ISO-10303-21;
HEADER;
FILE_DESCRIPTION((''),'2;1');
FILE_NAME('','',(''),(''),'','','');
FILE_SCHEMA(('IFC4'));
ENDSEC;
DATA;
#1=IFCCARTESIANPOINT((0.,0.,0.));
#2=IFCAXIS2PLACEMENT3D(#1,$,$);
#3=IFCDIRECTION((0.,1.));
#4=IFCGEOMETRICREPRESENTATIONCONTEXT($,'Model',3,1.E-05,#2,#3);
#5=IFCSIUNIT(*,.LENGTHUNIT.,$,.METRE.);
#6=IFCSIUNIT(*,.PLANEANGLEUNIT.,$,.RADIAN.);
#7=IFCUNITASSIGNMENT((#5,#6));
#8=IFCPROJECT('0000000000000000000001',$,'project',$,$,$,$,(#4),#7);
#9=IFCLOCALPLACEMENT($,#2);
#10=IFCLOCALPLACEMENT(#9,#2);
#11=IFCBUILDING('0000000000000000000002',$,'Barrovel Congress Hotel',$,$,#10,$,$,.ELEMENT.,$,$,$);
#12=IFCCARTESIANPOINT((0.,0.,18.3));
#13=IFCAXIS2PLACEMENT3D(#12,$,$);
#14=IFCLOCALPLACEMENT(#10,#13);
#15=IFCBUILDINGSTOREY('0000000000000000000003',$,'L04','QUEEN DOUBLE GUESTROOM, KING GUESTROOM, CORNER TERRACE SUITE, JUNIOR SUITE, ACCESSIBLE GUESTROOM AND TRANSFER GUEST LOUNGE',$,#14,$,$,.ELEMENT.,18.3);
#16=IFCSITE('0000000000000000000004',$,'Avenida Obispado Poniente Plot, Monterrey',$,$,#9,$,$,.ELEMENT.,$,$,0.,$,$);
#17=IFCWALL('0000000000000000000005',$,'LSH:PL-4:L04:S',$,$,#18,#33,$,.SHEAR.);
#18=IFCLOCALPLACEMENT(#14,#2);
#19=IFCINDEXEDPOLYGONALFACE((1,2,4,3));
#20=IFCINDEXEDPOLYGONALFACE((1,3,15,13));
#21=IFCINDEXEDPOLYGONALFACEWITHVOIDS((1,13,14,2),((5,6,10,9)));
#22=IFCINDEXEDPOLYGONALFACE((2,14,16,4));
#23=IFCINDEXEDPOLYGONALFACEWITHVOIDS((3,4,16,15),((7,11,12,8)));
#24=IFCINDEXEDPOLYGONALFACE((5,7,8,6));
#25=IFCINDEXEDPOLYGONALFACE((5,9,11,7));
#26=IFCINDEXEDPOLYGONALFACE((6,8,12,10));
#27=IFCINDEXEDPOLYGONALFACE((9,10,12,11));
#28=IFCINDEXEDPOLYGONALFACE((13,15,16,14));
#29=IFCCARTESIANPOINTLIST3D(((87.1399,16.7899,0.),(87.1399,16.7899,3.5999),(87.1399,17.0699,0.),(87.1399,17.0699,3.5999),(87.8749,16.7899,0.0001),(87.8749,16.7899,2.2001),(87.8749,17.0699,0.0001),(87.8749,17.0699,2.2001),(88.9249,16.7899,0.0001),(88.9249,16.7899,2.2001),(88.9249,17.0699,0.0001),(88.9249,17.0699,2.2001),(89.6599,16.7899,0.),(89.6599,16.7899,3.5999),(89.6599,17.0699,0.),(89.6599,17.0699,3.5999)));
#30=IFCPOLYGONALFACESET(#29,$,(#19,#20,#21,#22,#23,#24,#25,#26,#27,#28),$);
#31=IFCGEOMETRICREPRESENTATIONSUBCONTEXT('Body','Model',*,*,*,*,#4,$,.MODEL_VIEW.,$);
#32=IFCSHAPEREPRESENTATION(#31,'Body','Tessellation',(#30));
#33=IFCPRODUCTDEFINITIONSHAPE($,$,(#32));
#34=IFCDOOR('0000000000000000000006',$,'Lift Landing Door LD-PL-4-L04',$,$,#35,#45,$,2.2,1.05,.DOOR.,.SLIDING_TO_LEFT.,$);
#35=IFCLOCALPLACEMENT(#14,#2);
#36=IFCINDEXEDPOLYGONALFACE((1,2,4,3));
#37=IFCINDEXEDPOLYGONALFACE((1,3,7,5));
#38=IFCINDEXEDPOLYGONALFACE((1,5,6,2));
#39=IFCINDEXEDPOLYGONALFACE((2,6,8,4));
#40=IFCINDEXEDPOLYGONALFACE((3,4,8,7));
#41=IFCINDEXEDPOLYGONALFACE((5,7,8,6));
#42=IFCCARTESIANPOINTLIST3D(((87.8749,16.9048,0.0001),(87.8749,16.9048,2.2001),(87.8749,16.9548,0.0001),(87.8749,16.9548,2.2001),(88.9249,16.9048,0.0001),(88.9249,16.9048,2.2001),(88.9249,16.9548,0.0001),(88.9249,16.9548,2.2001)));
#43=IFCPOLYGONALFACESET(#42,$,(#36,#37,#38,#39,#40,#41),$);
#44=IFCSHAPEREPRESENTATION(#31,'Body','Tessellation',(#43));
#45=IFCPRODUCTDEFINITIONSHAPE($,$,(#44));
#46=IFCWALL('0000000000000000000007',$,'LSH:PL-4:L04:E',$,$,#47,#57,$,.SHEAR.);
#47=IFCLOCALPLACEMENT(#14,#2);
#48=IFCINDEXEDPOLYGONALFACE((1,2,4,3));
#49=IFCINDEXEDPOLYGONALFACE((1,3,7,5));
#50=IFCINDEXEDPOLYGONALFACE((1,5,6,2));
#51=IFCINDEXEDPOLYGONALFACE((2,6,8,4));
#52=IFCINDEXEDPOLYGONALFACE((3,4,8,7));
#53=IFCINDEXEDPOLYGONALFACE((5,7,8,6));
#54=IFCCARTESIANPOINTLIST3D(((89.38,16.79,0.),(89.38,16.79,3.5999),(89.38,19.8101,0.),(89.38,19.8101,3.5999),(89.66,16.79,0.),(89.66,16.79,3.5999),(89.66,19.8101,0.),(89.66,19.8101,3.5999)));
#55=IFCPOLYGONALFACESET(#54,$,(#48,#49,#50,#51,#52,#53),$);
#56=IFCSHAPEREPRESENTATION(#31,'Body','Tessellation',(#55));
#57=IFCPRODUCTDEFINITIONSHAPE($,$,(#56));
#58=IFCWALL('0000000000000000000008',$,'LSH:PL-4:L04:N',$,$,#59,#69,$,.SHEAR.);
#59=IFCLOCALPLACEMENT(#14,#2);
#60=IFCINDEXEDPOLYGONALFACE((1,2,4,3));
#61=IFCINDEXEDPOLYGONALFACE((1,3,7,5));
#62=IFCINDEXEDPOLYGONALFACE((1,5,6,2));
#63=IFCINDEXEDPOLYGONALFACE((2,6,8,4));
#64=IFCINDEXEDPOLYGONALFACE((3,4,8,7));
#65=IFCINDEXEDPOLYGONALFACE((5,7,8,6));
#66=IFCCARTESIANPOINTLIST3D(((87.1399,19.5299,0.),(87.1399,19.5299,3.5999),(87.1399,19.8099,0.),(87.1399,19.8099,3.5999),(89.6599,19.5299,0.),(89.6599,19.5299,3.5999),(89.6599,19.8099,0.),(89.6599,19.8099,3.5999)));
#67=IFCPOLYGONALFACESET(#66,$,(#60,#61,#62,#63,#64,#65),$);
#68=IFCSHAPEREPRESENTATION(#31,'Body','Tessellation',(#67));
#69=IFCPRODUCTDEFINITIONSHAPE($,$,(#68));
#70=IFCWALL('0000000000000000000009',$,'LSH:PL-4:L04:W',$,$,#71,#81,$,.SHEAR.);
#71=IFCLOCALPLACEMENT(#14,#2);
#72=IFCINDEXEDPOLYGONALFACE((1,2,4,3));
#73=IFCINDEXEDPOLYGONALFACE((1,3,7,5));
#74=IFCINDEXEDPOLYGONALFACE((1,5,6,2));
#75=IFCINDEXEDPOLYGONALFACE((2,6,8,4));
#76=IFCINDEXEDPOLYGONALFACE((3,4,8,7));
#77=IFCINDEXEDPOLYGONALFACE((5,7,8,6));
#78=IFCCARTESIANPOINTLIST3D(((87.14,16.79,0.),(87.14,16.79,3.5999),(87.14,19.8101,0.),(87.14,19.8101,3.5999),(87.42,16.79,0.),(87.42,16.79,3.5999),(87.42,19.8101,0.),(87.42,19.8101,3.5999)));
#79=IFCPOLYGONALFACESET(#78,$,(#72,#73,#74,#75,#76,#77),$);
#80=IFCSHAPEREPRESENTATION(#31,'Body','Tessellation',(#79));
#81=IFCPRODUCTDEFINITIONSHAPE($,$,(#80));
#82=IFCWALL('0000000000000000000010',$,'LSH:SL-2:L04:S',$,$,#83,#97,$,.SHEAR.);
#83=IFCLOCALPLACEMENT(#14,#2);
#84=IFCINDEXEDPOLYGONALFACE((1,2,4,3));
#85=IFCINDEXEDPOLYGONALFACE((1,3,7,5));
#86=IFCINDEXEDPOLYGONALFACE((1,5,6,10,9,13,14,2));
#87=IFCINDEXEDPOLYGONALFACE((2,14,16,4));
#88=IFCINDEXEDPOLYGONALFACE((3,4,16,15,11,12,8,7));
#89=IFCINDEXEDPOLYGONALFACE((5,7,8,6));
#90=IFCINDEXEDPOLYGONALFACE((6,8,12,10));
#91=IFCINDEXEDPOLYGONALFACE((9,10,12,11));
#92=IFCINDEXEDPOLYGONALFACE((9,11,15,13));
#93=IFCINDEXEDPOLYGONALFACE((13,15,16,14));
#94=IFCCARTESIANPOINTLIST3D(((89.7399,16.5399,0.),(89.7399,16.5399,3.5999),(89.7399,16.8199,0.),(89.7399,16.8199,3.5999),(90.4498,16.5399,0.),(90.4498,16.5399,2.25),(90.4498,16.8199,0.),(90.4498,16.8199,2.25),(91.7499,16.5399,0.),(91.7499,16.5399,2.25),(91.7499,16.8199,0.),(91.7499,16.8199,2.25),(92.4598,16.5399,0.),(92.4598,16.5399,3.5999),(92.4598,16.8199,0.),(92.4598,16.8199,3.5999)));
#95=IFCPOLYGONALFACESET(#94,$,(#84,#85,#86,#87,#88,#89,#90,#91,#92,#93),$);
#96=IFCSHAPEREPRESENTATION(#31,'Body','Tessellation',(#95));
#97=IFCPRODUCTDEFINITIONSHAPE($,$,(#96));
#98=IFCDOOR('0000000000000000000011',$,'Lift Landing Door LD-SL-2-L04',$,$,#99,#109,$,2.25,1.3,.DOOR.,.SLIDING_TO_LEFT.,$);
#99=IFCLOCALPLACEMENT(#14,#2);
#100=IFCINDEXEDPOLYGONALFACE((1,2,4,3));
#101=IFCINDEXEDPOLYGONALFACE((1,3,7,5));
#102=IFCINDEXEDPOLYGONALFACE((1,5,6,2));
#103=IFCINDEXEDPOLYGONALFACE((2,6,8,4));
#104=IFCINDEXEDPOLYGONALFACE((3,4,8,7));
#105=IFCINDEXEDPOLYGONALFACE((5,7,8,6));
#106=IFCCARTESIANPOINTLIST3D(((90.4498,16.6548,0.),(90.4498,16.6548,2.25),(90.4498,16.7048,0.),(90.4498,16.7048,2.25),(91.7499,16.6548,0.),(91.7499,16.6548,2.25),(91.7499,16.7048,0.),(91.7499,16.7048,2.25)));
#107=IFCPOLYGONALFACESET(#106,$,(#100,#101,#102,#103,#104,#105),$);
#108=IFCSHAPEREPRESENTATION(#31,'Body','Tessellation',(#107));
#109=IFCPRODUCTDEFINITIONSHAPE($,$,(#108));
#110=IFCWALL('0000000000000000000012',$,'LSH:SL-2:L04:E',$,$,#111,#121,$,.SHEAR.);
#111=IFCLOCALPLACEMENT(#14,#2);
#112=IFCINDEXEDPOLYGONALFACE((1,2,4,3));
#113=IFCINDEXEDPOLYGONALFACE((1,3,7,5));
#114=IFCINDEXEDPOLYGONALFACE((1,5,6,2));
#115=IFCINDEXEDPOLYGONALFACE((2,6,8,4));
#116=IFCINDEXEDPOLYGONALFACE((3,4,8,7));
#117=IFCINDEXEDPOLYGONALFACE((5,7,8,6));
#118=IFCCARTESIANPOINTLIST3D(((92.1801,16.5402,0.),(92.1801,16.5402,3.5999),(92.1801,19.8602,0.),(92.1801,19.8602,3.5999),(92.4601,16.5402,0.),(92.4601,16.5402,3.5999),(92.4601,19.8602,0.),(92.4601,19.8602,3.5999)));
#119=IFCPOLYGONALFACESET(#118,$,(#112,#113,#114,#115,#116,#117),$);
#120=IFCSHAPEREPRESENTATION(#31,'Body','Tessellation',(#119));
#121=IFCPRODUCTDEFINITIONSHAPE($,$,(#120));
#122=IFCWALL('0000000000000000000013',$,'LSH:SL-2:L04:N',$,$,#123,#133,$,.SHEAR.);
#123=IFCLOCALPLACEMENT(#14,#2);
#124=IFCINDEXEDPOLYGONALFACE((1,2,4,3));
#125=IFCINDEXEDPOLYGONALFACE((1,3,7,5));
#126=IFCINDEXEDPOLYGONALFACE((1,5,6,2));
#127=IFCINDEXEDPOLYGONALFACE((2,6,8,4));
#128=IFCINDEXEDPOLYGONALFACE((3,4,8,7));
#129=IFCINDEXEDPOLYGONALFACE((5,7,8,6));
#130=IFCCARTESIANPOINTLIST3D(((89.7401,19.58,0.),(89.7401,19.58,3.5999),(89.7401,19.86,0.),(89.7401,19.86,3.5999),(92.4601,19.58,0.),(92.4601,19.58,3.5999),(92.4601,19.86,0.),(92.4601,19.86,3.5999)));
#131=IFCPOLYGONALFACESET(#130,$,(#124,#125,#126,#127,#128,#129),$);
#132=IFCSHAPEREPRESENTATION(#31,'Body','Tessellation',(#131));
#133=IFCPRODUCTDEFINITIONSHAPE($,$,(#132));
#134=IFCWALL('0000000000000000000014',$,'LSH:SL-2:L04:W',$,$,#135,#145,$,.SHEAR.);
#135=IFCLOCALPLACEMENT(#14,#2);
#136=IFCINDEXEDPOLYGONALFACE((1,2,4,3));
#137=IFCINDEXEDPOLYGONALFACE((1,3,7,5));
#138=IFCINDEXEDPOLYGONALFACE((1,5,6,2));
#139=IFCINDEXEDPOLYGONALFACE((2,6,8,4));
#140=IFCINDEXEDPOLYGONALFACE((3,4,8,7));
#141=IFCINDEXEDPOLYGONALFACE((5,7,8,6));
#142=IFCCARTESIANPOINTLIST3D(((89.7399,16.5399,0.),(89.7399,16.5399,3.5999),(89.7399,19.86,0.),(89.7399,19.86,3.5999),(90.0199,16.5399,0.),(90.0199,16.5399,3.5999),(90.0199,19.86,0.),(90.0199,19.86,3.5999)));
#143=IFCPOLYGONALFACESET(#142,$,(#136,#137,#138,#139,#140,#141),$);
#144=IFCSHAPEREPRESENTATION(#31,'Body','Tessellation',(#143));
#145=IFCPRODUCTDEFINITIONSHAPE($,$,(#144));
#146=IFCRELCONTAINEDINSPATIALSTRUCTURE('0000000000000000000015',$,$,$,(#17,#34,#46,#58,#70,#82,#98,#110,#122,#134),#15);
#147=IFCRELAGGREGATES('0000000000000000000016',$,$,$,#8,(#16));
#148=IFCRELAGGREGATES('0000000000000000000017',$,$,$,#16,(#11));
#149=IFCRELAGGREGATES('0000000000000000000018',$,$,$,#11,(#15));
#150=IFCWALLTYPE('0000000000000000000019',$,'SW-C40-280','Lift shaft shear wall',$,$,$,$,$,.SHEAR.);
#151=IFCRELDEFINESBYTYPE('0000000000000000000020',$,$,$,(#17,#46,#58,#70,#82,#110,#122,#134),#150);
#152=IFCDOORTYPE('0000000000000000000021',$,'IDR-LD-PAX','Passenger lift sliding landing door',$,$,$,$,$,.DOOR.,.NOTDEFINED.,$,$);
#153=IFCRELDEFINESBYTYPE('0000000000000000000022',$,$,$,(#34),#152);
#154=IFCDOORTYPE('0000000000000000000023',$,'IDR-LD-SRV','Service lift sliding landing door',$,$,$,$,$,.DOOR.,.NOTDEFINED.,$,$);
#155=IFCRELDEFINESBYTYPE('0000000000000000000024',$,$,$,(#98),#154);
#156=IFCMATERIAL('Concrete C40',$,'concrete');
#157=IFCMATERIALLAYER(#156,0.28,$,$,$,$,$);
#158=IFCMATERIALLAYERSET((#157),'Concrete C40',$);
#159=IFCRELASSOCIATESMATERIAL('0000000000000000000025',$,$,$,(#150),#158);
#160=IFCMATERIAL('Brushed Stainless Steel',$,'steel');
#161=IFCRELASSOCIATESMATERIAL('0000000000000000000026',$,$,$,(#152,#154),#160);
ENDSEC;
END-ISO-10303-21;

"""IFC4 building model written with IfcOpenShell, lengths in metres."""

from ifc_helpers import new_model, si_unit, direction, frame, frame_2d, origin, place, context, subcontext, project, spatial, rectangle, extrude, material, layer, layer_set, type_object, element, fill, save


model = new_model("IFC4")

# Units and contexts
model_context = context("Model", 3, precision=1e-05, world=origin(), true_north=direction((0.0, 1.0)))
body_context = subcontext(model_context, "Body", "Model", "MODEL_VIEW")
ifc_project = project(units=[si_unit("LENGTHUNIT", "METRE"), si_unit("PLANEANGLEUNIT", "RADIAN")], contexts=[model_context])

# Site, building, storey
site_placement = place(None, origin())
site = spatial("IfcSite", under=ifc_project, at=site_placement, Name="Avenida Obispado Poniente Plot, Monterrey", CompositionType="ELEMENT", RefElevation=0.0)
building_placement = place(site_placement, origin())
building = spatial("IfcBuilding", under=site, at=building_placement, Name="Barrovel Congress Hotel", CompositionType="ELEMENT")
storey_placement = place(building_placement, frame((0.0, 0.0, 18.3)))
storey = spatial("IfcBuildingStorey", under=building, at=storey_placement, Name="L04", Description="QUEEN DOUBLE GUESTROOM, KING GUESTROOM, CORNER TERRACE SUITE, JUNIOR SUITE, ACCESSIBLE GUESTROOM AND TRANSFER GUEST LOUNGE", CompositionType="ELEMENT", Elevation=18.3)

# Shared definitions
ifc_material_1 = material(Name="Concrete C40", Category="concrete")

# Shared definitions
ifc_layer_1 = layer(ifc_material_1, 0.28)
ifc_layer_set_1 = layer_set([ifc_layer_1], Name="Concrete C40")
wall_type_1 = type_object("IfcWallType", Name="SW-C40-280", Description="Lift shaft shear wall", PredefinedType="SHEAR", material=ifc_layer_set_1)

# Wall, opening, door
wall_1_placement = place(storey_placement, frame((87.1399, 16.9299, 0.0), z_axis=(0.0, 0.0, 1.0), x_axis=(1.0, 0.0, 0.0)))
wall_1 = element("IfcWall", 1, at=wall_1_placement, inside=storey, type_object=wall_type_1, Name="LSH:PL-4:L04:S", PredefinedType="SHEAR", context=body_context, shape_type="SweptSolid", body=[
    extrude(rectangle(XDim=2.52, YDim=0.28, at=frame_2d((1.26, 0.0))), origin(), (0.0, 0.0, 1.0), 3.5999),
])
opening_1_placement = place(wall_1_placement, frame((0.7351, 0.0, 0.0)))
opening_1 = element("IfcOpeningElement", 2, at=opening_1_placement, cuts=wall_1, PredefinedType="OPENING", context=body_context, shape_type="SweptSolid", body=[
    extrude(rectangle(XDim=1.05, YDim=2.2, at=frame_2d((0.5249, 1.1001))), frame((0.0, 0.1499, 0.0), z_axis=(0.0, -1.0, 0.0), x_axis=(1.0, 0.0, 0.0)), (0.0, 0.0, 1.0), 0.3),
])
ifc_material_2 = material(Name="Brushed Stainless Steel", Category="steel")
door_type_1 = type_object("IfcDoorType", Name="IDR-LD-PAX", Description="Passenger lift sliding landing door", OperationType="NOTDEFINED", PredefinedType="DOOR", material=ifc_material_2)
door_1_placement = place(opening_1_placement, origin())
door_1 = element("IfcDoor", 3, at=door_1_placement, inside=storey, type_object=door_type_1, Name="Lift Landing Door LD-PL-4-L04", OperationType="SLIDING_TO_LEFT", OverallHeight=2.2, OverallWidth=1.05, PredefinedType="DOOR", context=body_context, shape_type="SweptSolid", body=[
    extrude(rectangle(XDim=1.05, YDim=2.2, at=frame_2d((0.5249, 1.1001))), frame((0.0, 0.0249, 0.0), z_axis=(0.0, -1.0, 0.0), x_axis=(1.0, 0.0, 0.0)), (0.0, 0.0, 1.0), 0.05),
])
fill(opening_1, door_1)

# Walls
wall_2_placement = place(storey_placement, frame((89.52, 16.79, 0.0), z_axis=(0.0, 0.0, 1.0), x_axis=(0.0, 1.0, 0.0)))
element("IfcWall", 4, at=wall_2_placement, inside=storey, type_object=wall_type_1, Name="LSH:PL-4:L04:E", PredefinedType="SHEAR", context=body_context, shape_type="SweptSolid", body=[
    extrude(rectangle(XDim=3.02, YDim=0.28, at=frame_2d((1.51, 0.0))), origin(), (0.0, 0.0, 1.0), 3.5999),
])
wall_3_placement = place(storey_placement, frame((89.6599, 19.6699, 0.0), z_axis=(0.0, 0.0, 1.0), x_axis=(-1.0, 0.0, 0.0)))
element("IfcWall", 5, at=wall_3_placement, inside=storey, type_object=wall_type_1, Name="LSH:PL-4:L04:N", PredefinedType="SHEAR", context=body_context, shape_type="SweptSolid", body=[
    extrude(rectangle(XDim=2.52, YDim=0.28, at=frame_2d((1.26, 0.0))), origin(), (0.0, 0.0, 1.0), 3.5999),
])
wall_4_placement = place(storey_placement, frame((87.28, 19.8101, 0.0), z_axis=(0.0, 0.0, 1.0), x_axis=(0.0, -1.0, 0.0)))
element("IfcWall", 6, at=wall_4_placement, inside=storey, type_object=wall_type_1, Name="LSH:PL-4:L04:W", PredefinedType="SHEAR", context=body_context, shape_type="SweptSolid", body=[
    extrude(rectangle(XDim=3.02, YDim=0.28, at=frame_2d((1.51, 0.0))), origin(), (0.0, 0.0, 1.0), 3.5999),
])

# Wall, opening, door
wall_5_placement = place(storey_placement, frame((89.74, 16.6799, 0.0), z_axis=(0.0, 0.0, 1.0), x_axis=(1.0, 0.0, 0.0)))
wall_5 = element("IfcWall", 7, at=wall_5_placement, inside=storey, type_object=wall_type_1, Name="LSH:SL-2:L04:S", PredefinedType="SHEAR", context=body_context, shape_type="SweptSolid", body=[
    extrude(rectangle(XDim=2.72, YDim=0.28, at=frame_2d((1.3599, 0.0))), origin(), (0.0, 0.0, 1.0), 3.5999),
])
opening_2_placement = place(wall_5_placement, frame((0.71, 0.0, 0.0)))
opening_2 = element("IfcOpeningElement", 8, at=opening_2_placement, cuts=wall_5, PredefinedType="OPENING", context=body_context, shape_type="SweptSolid", body=[
    extrude(rectangle(XDim=1.3, YDim=2.25, at=frame_2d((0.6499, 1.125))), frame((0.0, 0.1499, 0.0), z_axis=(0.0, -1.0, 0.0), x_axis=(1.0, 0.0, 0.0)), (0.0, 0.0, 1.0), 0.3),
])
door_type_2 = type_object("IfcDoorType", Name="IDR-LD-SRV", Description="Service lift sliding landing door", OperationType="NOTDEFINED", PredefinedType="DOOR", material=ifc_material_2)
door_2_placement = place(opening_2_placement, origin())
door_2 = element("IfcDoor", 9, at=door_2_placement, inside=storey, type_object=door_type_2, Name="Lift Landing Door LD-SL-2-L04", OperationType="SLIDING_TO_LEFT", OverallHeight=2.25, OverallWidth=1.3, PredefinedType="DOOR", context=body_context, shape_type="SweptSolid", body=[
    extrude(rectangle(XDim=1.3, YDim=2.25, at=frame_2d((0.6499, 1.125))), frame((0.0, 0.0249, 0.0), z_axis=(0.0, -1.0, 0.0), x_axis=(1.0, 0.0, 0.0)), (0.0, 0.0, 1.0), 0.05),
])
fill(opening_2, door_2)

# Walls
wall_6_placement = place(storey_placement, frame((92.3201, 16.54, 0.0), z_axis=(0.0, 0.0, 1.0), x_axis=(0.0, 1.0, 0.0)))
element("IfcWall", 10, at=wall_6_placement, inside=storey, type_object=wall_type_1, Name="LSH:SL-2:L04:E", PredefinedType="SHEAR", context=body_context, shape_type="SweptSolid", body=[
    extrude(rectangle(XDim=3.3201, YDim=0.28, at=frame_2d((1.6602, 0.0))), origin(), (0.0, 0.0, 1.0), 3.5999),
])
wall_7_placement = place(storey_placement, frame((92.46, 19.72, 0.0), z_axis=(0.0, 0.0, 1.0), x_axis=(-1.0, 0.0, 0.0)))
element("IfcWall", 11, at=wall_7_placement, inside=storey, type_object=wall_type_1, Name="LSH:SL-2:L04:N", PredefinedType="SHEAR", context=body_context, shape_type="SweptSolid", body=[
    extrude(rectangle(XDim=2.72, YDim=0.28, at=frame_2d((1.3599, 0.0))), origin(), (0.0, 0.0, 1.0), 3.5999),
])
wall_8_placement = place(storey_placement, frame((89.8799, 19.8601, 0.0), z_axis=(0.0, 0.0, 1.0), x_axis=(0.0, -1.0, 0.0)))
element("IfcWall", 12, at=wall_8_placement, inside=storey, type_object=wall_type_1, Name="LSH:SL-2:L04:W", PredefinedType="SHEAR", context=body_context, shape_type="SweptSolid", body=[
    extrude(rectangle(XDim=3.3201, YDim=0.28, at=frame_2d((1.6602, 0.0))), origin(), (0.0, 0.0, 1.0), 3.5999),
])

save(model, "model.ifc")
